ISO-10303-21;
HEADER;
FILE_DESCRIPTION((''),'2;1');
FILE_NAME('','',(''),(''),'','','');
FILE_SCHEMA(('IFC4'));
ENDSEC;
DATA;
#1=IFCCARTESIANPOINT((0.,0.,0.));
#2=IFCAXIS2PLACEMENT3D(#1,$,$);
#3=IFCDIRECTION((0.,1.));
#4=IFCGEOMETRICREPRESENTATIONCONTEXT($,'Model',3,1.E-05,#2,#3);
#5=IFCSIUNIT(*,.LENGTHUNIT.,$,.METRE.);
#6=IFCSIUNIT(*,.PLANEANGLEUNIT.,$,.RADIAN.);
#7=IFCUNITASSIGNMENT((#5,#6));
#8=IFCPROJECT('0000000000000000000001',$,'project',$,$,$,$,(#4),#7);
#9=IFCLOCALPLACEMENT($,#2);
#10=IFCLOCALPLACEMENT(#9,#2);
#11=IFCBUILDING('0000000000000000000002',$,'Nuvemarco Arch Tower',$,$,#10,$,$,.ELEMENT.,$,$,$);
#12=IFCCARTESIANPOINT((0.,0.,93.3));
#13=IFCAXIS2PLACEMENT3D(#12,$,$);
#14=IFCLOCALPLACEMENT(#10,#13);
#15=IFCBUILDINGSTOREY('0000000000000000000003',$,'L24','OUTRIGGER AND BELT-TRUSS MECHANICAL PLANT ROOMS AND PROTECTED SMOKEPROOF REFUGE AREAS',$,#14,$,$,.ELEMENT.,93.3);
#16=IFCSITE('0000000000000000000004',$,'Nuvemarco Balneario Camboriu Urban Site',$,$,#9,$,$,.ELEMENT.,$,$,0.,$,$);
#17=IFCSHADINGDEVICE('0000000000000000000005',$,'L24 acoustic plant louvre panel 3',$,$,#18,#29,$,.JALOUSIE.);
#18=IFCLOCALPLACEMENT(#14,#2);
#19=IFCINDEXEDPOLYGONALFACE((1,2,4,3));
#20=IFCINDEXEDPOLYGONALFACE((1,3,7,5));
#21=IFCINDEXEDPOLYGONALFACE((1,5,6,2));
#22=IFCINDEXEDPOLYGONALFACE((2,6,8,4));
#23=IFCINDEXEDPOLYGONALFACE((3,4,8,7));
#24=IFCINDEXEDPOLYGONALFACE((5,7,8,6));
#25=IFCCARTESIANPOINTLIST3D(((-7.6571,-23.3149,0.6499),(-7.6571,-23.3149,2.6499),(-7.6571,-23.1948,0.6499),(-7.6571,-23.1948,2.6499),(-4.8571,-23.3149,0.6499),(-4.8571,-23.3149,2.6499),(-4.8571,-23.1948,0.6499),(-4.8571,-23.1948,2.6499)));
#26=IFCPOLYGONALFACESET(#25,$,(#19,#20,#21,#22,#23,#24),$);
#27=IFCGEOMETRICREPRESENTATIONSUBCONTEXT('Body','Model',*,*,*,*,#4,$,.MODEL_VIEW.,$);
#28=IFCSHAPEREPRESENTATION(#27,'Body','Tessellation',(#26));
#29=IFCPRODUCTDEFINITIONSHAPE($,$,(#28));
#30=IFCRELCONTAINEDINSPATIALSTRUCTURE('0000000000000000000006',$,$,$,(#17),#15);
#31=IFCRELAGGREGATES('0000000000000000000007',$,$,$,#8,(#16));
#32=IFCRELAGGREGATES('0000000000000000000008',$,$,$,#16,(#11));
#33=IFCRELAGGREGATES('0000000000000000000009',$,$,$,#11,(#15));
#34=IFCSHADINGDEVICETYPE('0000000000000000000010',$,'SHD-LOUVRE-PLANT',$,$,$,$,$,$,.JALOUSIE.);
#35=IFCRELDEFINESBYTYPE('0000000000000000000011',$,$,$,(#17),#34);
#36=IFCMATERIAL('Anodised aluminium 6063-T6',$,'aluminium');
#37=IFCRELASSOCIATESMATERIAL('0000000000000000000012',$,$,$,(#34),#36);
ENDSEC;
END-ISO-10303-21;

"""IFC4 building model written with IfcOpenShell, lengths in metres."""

from ifc_helpers import new_model, si_unit, direction, frame, origin, origin_2d, place, context, subcontext, project, spatial, rectangle, extrude, source, transform, mapped, material, type_object, type_shapes, element, save


model = new_model("IFC4")

# Units and contexts
model_context = context("Model", 3, precision=1e-05, world=origin(), true_north=direction((0.0, 1.0)))
body_context = subcontext(model_context, "Body", "Model", "MODEL_VIEW")
ifc_project = project(units=[si_unit("LENGTHUNIT", "METRE"), si_unit("PLANEANGLEUNIT", "RADIAN")], contexts=[model_context])

# Site, building, storey
site_placement = place(None, origin())
site = spatial("IfcSite", under=ifc_project, at=site_placement, Name="Nuvemarco Balneario Camboriu Urban Site", CompositionType="ELEMENT", RefElevation=0.0)
building_placement = place(site_placement, origin())
building = spatial("IfcBuilding", under=site, at=building_placement, Name="Nuvemarco Arch Tower", CompositionType="ELEMENT")
storey_placement = place(building_placement, frame((0.0, 0.0, 93.3)))
storey = spatial("IfcBuildingStorey", under=building, at=storey_placement, Name="L24", Description="OUTRIGGER AND BELT-TRUSS MECHANICAL PLANT ROOMS AND PROTECTED SMOKEPROOF REFUGE AREAS", CompositionType="ELEMENT", Elevation=93.3)

# Shading device
ifc_material_1 = material(Name="Anodised aluminium 6063-T6", Category="aluminium")
shading_device_type = type_object("IfcShadingDeviceType", Name="SHD-LOUVRE-PLANT", PredefinedType="JALOUSIE", material=ifc_material_1)
shared_shape_1 = source(origin(), body_context, "Body", "SweptSolid", [
    extrude(rectangle(XDim=2.8, YDim=0.1201, at=origin_2d()), origin(), (0.0, 0.0, 1.0), 2.0),
])
type_shapes(shading_device_type, [shared_shape_1])
for number, where, z_axis, x_axis, name in (
    (1, (-6.2571, -23.2549, 0.6499), (0.0, 0.0, 1.0), (1.0, 0.0, 0.0), "L24 acoustic plant louvre panel 3"),
):
    element("IfcShadingDevice", number, at=place(storey_placement, frame(where, z_axis=z_axis, x_axis=x_axis)), inside=storey, type_object=shading_device_type, Name=name, PredefinedType="JALOUSIE", context=body_context, shape_type="MappedRepresentation", body=[
        mapped(shared_shape_1, transform((0.0, 0.0, 0.0), scale=1.0)),
    ])

save(model, "model.ifc")
